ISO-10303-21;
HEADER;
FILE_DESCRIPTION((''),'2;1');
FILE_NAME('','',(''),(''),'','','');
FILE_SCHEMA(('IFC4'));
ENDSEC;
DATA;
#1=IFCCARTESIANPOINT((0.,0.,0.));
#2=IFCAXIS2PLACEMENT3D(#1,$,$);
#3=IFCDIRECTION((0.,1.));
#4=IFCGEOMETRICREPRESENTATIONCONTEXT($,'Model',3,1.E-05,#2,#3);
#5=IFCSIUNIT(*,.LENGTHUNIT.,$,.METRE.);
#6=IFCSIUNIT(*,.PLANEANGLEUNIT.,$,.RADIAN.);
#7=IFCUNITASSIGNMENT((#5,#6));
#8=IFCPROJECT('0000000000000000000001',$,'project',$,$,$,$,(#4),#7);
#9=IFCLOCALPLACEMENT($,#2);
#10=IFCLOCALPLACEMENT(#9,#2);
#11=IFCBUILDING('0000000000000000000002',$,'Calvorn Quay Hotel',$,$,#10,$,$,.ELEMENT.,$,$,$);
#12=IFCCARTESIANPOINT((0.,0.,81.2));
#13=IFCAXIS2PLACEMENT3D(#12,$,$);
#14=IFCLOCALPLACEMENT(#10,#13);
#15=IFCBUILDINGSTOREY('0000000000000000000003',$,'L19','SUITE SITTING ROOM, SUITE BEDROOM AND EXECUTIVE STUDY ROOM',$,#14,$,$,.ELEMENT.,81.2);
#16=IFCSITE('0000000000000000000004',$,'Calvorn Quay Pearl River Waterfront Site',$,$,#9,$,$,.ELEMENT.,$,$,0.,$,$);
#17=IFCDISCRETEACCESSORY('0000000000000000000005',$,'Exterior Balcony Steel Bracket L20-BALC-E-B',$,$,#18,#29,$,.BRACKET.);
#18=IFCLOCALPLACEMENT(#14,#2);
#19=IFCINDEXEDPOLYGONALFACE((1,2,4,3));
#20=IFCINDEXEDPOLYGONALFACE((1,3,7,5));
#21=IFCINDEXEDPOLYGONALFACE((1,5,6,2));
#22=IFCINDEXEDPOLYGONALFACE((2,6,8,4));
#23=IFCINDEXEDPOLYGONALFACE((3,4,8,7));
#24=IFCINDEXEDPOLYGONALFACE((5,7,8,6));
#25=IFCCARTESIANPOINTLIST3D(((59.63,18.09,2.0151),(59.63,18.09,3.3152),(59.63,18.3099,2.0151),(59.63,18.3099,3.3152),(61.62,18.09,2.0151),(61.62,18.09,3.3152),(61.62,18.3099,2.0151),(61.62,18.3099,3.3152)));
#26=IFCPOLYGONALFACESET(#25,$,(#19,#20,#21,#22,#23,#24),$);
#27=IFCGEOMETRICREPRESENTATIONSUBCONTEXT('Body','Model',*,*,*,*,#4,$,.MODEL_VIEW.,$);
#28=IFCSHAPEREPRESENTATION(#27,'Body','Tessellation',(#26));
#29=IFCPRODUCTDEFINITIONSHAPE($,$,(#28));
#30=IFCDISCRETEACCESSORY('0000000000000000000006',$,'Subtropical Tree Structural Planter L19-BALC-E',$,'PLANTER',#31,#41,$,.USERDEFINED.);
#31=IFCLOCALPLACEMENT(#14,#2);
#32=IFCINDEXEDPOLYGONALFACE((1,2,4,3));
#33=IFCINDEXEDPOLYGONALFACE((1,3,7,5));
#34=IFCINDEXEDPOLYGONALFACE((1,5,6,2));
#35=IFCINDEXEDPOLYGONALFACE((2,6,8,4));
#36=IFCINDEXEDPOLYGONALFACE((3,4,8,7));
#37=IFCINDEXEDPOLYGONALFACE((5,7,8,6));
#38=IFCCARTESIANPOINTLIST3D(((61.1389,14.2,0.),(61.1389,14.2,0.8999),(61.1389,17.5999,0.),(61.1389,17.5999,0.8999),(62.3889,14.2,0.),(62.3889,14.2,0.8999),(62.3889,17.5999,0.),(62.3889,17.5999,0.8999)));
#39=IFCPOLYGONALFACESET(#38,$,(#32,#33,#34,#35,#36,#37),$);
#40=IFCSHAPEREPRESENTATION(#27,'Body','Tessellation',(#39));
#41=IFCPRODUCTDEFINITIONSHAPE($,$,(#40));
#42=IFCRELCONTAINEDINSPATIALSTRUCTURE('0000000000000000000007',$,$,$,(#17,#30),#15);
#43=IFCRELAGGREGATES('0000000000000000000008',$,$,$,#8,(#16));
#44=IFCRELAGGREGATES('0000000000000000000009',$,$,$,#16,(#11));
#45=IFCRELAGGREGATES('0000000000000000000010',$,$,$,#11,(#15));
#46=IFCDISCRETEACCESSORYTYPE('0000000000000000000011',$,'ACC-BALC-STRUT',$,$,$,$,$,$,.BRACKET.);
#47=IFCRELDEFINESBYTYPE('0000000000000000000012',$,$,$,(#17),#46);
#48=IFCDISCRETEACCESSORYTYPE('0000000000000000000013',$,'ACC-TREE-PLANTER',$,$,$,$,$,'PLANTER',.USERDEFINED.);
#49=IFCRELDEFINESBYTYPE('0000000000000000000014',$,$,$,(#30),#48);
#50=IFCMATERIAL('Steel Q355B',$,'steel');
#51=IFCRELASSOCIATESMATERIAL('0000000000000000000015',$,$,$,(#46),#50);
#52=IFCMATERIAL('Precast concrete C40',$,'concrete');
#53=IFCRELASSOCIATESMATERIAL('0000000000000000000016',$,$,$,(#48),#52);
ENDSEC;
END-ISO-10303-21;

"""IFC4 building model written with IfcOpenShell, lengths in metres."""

from ifc_helpers import new_model, si_unit, direction, frame, origin, origin_2d, place, context, subcontext, project, spatial, rectangle, extrude, material, type_object, element, save


model = new_model("IFC4")

# Units and contexts
model_context = context("Model", 3, precision=1e-05, world=origin(), true_north=direction((0.0, 1.0)))
body_context = subcontext(model_context, "Body", "Model", "MODEL_VIEW")
ifc_project = project(units=[si_unit("LENGTHUNIT", "METRE"), si_unit("PLANEANGLEUNIT", "RADIAN")], contexts=[model_context])

# Site, building, storey
site_placement = place(None, origin())
site = spatial("IfcSite", under=ifc_project, at=site_placement, Name="Calvorn Quay Pearl River Waterfront Site", CompositionType="ELEMENT", RefElevation=0.0)
building_placement = place(site_placement, origin())
building = spatial("IfcBuilding", under=site, at=building_placement, Name="Calvorn Quay Hotel", CompositionType="ELEMENT")
storey_placement = place(building_placement, frame((0.0, 0.0, 81.2)))
storey = spatial("IfcBuildingStorey", under=building, at=storey_placement, Name="L19", Description="SUITE SITTING ROOM, SUITE BEDROOM AND EXECUTIVE STUDY ROOM", CompositionType="ELEMENT", Elevation=81.2)

# Discrete accessories
ifc_material_1 = material(Name="Steel Q355B", Category="steel")
discrete_accessory_type_1 = type_object("IfcDiscreteAccessoryType", Name="ACC-BALC-STRUT", PredefinedType="BRACKET", material=ifc_material_1)
for number, where, z_axis, x_axis, name in (
    (1, (60.625, 18.2, 2.0151), (0.0, 0.0, 1.0), (1.0, 0.0, 0.0), "Exterior Balcony Steel Bracket L20-BALC-E-B"),
):
    element("IfcDiscreteAccessory", number, at=place(storey_placement, frame(where, z_axis=z_axis, x_axis=x_axis)), inside=storey, type_object=discrete_accessory_type_1, Name=name, PredefinedType="BRACKET", context=body_context, shape_type="SweptSolid", body=[
        extrude(rectangle(XDim=1.99, YDim=0.22, at=origin_2d()), origin(), (0.0, 0.0, 1.0), 1.3),
    ])
ifc_material_2 = material(Name="Precast concrete C40", Category="concrete")
discrete_accessory_type_2 = type_object("IfcDiscreteAccessoryType", Name="ACC-TREE-PLANTER", ElementType="PLANTER", PredefinedType="USERDEFINED", material=ifc_material_2)
discrete_accessory_placement = place(storey_placement, frame((61.7639, 15.8999, 0.0), z_axis=(0.0, 0.0, 1.0), x_axis=(1.0, 0.0, 0.0)))
element("IfcDiscreteAccessory", 2, at=discrete_accessory_placement, inside=storey, type_object=discrete_accessory_type_2, Name="Subtropical Tree Structural Planter L19-BALC-E", ObjectType="PLANTER", PredefinedType="USERDEFINED", context=body_context, shape_type="SweptSolid", body=[
    extrude(rectangle(XDim=1.25, YDim=3.3999, at=origin_2d()), origin(), (0.0, 0.0, 1.0), 0.8999),
])

save(model, "model.ifc")
